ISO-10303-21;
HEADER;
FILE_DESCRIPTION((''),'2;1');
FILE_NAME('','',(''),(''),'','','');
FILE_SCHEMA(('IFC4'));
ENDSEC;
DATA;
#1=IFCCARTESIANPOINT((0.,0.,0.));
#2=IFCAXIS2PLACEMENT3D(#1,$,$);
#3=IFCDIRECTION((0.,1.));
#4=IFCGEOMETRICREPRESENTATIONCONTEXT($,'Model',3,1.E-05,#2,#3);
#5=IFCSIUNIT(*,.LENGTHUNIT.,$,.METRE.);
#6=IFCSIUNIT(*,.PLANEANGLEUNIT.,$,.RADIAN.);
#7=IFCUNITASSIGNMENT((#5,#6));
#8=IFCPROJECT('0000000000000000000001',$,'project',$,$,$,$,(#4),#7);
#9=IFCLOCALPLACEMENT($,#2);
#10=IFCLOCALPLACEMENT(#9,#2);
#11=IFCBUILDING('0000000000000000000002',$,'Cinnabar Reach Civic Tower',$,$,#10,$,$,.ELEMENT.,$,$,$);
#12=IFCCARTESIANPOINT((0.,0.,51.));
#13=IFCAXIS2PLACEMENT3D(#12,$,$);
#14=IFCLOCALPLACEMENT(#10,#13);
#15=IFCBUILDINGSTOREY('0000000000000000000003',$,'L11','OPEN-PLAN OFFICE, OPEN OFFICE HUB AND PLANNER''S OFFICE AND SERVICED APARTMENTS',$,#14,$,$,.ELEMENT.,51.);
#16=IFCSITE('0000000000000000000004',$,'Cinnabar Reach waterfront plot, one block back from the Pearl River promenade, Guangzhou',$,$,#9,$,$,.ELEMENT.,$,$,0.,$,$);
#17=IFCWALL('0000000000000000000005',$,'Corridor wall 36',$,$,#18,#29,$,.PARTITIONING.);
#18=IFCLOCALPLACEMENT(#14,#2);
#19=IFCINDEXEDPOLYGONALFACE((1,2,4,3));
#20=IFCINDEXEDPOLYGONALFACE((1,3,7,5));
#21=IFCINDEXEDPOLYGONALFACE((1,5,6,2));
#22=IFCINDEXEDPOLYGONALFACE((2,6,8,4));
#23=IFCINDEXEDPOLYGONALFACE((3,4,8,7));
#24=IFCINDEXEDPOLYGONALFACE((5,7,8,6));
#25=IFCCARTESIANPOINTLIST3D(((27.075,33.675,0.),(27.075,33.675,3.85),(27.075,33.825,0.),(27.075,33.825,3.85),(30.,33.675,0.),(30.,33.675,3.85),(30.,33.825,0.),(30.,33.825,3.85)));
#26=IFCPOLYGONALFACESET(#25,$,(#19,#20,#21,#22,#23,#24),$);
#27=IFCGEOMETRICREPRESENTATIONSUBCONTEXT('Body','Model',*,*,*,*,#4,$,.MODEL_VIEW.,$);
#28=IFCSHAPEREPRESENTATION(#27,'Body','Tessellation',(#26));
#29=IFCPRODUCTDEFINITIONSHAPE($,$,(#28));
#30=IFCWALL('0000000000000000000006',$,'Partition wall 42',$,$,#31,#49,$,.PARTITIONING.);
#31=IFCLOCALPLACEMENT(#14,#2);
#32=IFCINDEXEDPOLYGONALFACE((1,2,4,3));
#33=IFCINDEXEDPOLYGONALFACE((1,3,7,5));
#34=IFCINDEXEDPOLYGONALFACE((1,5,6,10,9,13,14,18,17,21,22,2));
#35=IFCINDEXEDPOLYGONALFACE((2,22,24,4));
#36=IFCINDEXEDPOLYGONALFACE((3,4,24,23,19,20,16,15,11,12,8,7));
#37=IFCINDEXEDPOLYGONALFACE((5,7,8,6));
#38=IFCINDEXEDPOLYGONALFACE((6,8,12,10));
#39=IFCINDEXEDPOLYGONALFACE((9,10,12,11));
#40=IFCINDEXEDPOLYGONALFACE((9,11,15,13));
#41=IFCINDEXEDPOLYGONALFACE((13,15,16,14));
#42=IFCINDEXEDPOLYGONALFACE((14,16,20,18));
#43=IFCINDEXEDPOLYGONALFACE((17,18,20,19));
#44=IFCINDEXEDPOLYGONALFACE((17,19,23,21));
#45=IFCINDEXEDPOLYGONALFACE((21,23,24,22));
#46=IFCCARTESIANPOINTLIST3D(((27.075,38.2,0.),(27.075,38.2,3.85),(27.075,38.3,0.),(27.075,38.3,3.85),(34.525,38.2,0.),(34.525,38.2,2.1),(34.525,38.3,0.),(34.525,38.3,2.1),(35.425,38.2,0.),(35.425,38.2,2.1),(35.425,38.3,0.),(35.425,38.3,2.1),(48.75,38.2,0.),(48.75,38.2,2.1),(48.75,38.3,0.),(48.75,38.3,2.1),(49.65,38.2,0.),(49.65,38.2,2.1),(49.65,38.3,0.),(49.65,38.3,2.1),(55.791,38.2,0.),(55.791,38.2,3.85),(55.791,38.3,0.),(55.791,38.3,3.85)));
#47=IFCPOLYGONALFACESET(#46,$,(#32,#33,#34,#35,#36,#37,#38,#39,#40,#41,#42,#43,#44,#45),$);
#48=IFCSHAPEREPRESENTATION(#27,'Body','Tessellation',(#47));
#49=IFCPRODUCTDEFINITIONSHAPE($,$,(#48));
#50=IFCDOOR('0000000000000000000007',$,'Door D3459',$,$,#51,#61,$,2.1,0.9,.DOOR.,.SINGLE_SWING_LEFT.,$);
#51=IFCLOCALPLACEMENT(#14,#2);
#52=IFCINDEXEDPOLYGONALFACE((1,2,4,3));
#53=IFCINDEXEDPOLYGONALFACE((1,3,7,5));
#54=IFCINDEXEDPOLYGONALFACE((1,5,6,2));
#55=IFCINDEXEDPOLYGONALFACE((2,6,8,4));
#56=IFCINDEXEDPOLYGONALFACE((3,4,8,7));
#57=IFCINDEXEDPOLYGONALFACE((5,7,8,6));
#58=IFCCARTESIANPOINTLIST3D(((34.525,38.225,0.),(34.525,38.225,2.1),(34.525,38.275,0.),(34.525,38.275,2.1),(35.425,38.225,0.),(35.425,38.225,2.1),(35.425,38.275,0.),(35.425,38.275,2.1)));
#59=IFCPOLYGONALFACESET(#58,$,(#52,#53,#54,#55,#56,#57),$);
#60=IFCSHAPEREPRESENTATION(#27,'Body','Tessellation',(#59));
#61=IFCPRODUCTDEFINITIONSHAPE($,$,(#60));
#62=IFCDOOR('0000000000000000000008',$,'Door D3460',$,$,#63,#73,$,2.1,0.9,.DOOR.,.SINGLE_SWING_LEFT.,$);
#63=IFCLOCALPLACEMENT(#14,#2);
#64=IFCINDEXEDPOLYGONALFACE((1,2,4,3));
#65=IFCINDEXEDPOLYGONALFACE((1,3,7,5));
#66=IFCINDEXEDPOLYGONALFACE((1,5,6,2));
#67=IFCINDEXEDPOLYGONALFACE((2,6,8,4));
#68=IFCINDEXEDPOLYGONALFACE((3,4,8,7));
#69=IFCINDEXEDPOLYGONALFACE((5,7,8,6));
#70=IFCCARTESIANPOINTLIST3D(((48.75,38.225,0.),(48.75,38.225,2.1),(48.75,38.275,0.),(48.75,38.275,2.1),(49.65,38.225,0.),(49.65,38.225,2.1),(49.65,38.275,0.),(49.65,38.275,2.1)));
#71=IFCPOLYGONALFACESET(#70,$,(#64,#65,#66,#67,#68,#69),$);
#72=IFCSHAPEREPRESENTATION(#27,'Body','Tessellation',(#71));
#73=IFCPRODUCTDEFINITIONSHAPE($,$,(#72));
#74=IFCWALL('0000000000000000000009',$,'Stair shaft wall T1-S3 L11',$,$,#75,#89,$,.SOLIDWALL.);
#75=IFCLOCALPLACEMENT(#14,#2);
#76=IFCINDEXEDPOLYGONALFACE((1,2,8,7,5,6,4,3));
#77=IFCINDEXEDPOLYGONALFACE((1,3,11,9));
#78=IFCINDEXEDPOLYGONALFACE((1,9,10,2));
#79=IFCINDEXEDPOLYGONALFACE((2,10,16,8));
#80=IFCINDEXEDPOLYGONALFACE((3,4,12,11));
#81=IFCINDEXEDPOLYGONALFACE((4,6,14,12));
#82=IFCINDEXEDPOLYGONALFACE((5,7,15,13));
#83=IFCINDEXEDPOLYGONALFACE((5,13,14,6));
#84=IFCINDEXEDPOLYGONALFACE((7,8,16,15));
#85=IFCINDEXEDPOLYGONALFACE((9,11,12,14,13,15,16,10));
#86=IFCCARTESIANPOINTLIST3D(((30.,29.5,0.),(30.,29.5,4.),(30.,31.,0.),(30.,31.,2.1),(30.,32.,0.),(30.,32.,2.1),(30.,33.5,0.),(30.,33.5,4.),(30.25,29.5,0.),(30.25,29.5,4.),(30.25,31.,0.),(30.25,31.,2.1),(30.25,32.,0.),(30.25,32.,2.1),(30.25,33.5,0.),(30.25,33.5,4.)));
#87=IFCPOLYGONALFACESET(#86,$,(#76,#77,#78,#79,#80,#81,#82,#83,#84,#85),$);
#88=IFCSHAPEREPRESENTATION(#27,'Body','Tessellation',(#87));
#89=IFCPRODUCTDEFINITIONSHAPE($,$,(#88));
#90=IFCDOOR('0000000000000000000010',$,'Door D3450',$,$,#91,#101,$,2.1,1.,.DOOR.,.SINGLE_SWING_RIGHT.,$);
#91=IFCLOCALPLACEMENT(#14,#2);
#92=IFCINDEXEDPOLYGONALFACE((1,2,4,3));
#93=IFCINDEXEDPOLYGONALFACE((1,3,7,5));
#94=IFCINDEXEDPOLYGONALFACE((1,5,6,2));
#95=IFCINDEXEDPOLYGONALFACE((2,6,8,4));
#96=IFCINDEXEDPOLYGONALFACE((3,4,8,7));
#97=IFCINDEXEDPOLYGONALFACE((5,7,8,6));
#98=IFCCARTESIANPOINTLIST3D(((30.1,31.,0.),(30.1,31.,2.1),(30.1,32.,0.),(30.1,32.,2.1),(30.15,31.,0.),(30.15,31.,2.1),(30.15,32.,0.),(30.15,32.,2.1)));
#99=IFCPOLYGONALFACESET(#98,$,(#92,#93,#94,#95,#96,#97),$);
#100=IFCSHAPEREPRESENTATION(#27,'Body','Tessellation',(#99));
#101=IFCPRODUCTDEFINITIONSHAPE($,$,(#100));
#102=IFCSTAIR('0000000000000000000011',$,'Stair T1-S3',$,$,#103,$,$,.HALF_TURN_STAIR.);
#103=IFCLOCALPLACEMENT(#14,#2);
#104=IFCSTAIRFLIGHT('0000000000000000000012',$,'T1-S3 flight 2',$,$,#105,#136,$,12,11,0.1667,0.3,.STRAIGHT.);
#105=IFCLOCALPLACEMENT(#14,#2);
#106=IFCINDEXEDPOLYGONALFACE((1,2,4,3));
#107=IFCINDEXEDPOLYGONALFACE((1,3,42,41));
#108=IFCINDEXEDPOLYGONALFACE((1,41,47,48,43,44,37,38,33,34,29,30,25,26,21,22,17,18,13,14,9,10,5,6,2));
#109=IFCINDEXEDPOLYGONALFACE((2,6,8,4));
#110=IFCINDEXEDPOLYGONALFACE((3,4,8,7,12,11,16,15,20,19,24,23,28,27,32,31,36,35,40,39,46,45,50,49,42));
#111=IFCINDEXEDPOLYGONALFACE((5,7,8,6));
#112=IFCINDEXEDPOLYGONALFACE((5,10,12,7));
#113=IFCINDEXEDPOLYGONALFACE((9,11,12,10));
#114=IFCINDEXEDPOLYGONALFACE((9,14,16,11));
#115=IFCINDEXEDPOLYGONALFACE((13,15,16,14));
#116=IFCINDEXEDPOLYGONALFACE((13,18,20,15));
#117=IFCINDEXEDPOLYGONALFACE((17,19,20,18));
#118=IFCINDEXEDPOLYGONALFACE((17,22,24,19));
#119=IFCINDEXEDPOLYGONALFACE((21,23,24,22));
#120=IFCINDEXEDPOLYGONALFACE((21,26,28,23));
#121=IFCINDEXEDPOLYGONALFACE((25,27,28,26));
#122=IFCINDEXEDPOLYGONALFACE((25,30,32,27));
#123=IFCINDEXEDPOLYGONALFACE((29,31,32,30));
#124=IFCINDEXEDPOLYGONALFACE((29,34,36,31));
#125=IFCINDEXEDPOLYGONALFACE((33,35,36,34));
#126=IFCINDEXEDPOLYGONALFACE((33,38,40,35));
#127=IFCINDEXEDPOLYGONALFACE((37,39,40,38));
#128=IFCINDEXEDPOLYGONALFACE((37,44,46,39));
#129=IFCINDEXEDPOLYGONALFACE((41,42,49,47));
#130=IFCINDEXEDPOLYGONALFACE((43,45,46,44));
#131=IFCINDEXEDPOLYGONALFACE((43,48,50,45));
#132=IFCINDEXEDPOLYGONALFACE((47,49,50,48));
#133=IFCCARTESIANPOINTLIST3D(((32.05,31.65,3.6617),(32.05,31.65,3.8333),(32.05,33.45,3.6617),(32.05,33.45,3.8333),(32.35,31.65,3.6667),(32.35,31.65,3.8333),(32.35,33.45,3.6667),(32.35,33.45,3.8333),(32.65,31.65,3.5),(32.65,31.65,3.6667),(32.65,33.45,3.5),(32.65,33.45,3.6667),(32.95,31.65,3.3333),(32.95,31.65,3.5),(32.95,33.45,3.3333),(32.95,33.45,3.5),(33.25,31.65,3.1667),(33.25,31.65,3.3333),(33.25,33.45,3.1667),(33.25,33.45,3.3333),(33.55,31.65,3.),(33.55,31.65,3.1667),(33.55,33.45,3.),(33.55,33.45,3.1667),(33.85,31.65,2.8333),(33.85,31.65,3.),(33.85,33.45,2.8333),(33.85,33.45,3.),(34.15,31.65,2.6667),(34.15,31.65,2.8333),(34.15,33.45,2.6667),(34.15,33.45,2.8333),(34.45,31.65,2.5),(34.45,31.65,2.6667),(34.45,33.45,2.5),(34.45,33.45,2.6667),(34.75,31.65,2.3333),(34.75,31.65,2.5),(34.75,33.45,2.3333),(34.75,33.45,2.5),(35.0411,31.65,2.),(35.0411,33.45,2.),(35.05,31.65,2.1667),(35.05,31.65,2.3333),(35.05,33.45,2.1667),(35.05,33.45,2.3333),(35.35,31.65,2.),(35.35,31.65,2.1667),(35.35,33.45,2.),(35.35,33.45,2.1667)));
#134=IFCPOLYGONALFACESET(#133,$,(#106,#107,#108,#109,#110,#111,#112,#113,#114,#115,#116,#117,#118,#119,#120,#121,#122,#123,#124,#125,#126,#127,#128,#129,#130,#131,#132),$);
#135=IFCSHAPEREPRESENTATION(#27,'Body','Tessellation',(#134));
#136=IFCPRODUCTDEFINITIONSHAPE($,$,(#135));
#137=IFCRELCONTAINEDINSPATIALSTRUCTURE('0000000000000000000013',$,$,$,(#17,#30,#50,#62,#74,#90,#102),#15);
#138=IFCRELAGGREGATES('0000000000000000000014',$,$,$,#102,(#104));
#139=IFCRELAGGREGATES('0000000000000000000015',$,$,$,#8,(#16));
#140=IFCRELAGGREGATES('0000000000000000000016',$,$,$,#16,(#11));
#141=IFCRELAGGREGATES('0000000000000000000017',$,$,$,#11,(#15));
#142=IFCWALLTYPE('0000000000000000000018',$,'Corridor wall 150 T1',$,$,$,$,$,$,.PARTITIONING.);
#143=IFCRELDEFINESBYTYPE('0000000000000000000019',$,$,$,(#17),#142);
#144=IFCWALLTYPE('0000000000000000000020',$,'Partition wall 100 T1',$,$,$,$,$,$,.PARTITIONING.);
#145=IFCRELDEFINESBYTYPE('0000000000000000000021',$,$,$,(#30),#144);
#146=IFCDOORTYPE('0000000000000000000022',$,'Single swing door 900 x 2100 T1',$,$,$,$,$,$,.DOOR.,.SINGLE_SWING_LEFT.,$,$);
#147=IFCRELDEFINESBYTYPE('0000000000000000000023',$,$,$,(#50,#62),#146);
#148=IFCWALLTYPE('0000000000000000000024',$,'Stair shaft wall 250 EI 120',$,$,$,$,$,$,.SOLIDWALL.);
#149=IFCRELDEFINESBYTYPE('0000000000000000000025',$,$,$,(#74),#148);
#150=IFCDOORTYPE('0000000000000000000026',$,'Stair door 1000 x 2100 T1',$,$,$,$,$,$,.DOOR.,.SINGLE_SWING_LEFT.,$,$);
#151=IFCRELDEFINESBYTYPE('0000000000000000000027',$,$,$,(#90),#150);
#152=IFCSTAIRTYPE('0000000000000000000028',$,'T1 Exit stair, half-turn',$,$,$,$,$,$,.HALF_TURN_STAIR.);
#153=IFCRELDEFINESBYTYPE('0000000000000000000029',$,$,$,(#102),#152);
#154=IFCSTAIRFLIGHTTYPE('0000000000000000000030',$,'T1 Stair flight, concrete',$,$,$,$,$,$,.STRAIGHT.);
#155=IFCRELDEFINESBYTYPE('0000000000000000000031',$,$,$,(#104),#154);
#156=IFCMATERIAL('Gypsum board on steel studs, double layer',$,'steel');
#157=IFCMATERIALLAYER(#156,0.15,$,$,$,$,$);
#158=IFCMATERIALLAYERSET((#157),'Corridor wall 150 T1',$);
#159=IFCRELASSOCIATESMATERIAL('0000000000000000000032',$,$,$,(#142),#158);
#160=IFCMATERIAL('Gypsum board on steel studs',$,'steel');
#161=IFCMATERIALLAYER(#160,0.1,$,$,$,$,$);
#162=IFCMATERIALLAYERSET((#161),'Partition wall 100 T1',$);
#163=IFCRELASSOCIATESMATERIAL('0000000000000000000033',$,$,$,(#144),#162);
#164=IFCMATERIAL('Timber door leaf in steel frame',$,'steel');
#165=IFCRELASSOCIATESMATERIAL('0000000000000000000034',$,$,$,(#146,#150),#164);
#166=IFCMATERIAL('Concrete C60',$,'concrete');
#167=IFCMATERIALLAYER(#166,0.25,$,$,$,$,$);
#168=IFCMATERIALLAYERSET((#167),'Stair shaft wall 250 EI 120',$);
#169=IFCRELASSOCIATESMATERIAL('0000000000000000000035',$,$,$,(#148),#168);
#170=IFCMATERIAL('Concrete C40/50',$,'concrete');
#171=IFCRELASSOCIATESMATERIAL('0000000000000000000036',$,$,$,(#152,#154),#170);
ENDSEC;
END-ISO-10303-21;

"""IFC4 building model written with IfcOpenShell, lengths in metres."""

from ifc_helpers import new_model, si_unit, direction, frame, frame_2d, origin, place, context, subcontext, project, spatial, polyline, rectangle, outline, extrude, material, layer, layer_set, type_object, element, fill, aggregate, save


model = new_model("IFC4")

# Units and contexts
model_context = context("Model", 3, precision=1e-05, world=origin(), true_north=direction((0.0, 1.0)))
body_context = subcontext(model_context, "Body", "Model", "MODEL_VIEW")
ifc_project = project(units=[si_unit("LENGTHUNIT", "METRE"), si_unit("PLANEANGLEUNIT", "RADIAN")], contexts=[model_context])

# Site, building, storey
site_placement = place(None, origin())
site = spatial("IfcSite", under=ifc_project, at=site_placement, Name="Cinnabar Reach waterfront plot, one block back from the Pearl River promenade, Guangzhou", CompositionType="ELEMENT", RefElevation=0.0)
building_placement = place(site_placement, origin())
building = spatial("IfcBuilding", under=site, at=building_placement, Name="Cinnabar Reach Civic Tower", CompositionType="ELEMENT")
storey_placement = place(building_placement, frame((0.0, 0.0, 51.0)))
storey = spatial("IfcBuildingStorey", under=building, at=storey_placement, Name="L11", Description="OPEN-PLAN OFFICE, OPEN OFFICE HUB AND PLANNER'S OFFICE AND SERVICED APARTMENTS", CompositionType="ELEMENT", Elevation=51.0)

# Shared definitions
ifc_material_1 = material(Name="Gypsum board on steel studs, double layer", Category="steel")
ifc_layer_1 = layer(ifc_material_1, 0.15)
ifc_layer_set_1 = layer_set([ifc_layer_1], Name="Corridor wall 150 T1")
wall_type_1 = type_object("IfcWallType", Name="Corridor wall 150 T1", PredefinedType="PARTITIONING", material=ifc_layer_set_1)

# Shared definitions
ifc_material_2 = material(Name="Timber door leaf in steel frame", Category="steel")

# Wall
wall_1_placement = place(storey_placement, frame((27.075, 33.75, 0.0), z_axis=(0.0, 0.0, 1.0), x_axis=(1.0, 0.0, 0.0)))
element("IfcWall", 1, at=wall_1_placement, inside=storey, type_object=wall_type_1, Name="Corridor wall 36", PredefinedType="PARTITIONING", context=body_context, shape_type="SweptSolid", body=[
    extrude(rectangle(XDim=2.925, YDim=0.15, at=frame_2d((1.4625, 0.0))), origin(), (0.0, 0.0, 1.0), 3.85),
])

# Wall, openings, doors
ifc_material_3 = material(Name="Gypsum board on steel studs", Category="steel")
ifc_layer_2 = layer(ifc_material_3, 0.1)
ifc_layer_set_2 = layer_set([ifc_layer_2], Name="Partition wall 100 T1")
wall_type_2 = type_object("IfcWallType", Name="Partition wall 100 T1", PredefinedType="PARTITIONING", material=ifc_layer_set_2)
wall_2_placement = place(storey_placement, frame((27.075, 38.25, 0.0), z_axis=(0.0, 0.0, 1.0), x_axis=(1.0, 0.0, 0.0)))
wall_2 = element("IfcWall", 2, at=wall_2_placement, inside=storey, type_object=wall_type_2, Name="Partition wall 42", PredefinedType="PARTITIONING", context=body_context, shape_type="SweptSolid", body=[
    extrude(rectangle(XDim=28.7159, YDim=0.1, at=frame_2d((14.358, 0.0))), origin(), (0.0, 0.0, 1.0), 3.85),
])
opening_1_placement = place(wall_2_placement, frame((7.45, 0.0, 0.0)))
opening_1 = element("IfcOpeningElement", 3, at=opening_1_placement, cuts=wall_2, PredefinedType="OPENING", context=body_context, shape_type="SweptSolid", body=[
    extrude(rectangle(XDim=0.9, YDim=2.1, at=frame_2d((0.45, 1.05))), frame((0.0, 0.06, 0.0), z_axis=(0.0, -1.0, 0.0), x_axis=(1.0, 0.0, 0.0)), (0.0, 0.0, 1.0), 0.12),
])
opening_2_placement = place(wall_2_placement, frame((21.675, 0.0, 0.0)))
opening_2 = element("IfcOpeningElement", 4, at=opening_2_placement, cuts=wall_2, PredefinedType="OPENING", context=body_context, shape_type="SweptSolid", body=[
    extrude(rectangle(XDim=0.9, YDim=2.1, at=frame_2d((0.45, 1.05))), frame((0.0, 0.06, 0.0), z_axis=(0.0, -1.0, 0.0), x_axis=(1.0, 0.0, 0.0)), (0.0, 0.0, 1.0), 0.12),
])
door_type_1 = type_object("IfcDoorType", Name="Single swing door 900 x 2100 T1", OperationType="SINGLE_SWING_LEFT", PredefinedType="DOOR", material=ifc_material_2)
door_1_placement = place(opening_1_placement, origin())
door_1 = element("IfcDoor", 5, at=door_1_placement, inside=storey, type_object=door_type_1, Name="Door D3459", OperationType="SINGLE_SWING_LEFT", OverallHeight=2.1, OverallWidth=0.9, PredefinedType="DOOR", context=body_context, shape_type="SweptSolid", body=[
    extrude(rectangle(XDim=0.9, YDim=2.1, at=frame_2d((0.45, 1.05))), frame((0.0, 0.025, 0.0), z_axis=(0.0, -1.0, 0.0), x_axis=(1.0, 0.0, 0.0)), (0.0, 0.0, 1.0), 0.05),
])
fill(opening_1, door_1)
door_2_placement = place(opening_2_placement, origin())
door_2 = element("IfcDoor", 6, at=door_2_placement, inside=storey, type_object=door_type_1, Name="Door D3460", OperationType="SINGLE_SWING_LEFT", OverallHeight=2.1, OverallWidth=0.9, PredefinedType="DOOR", context=body_context, shape_type="SweptSolid", body=[
    extrude(rectangle(XDim=0.9, YDim=2.1, at=frame_2d((0.45, 1.05))), frame((0.0, 0.025, 0.0), z_axis=(0.0, -1.0, 0.0), x_axis=(1.0, 0.0, 0.0)), (0.0, 0.0, 1.0), 0.05),
])
fill(opening_2, door_2)

# Wall, opening, door
ifc_material_4 = material(Name="Concrete C60", Category="concrete")
ifc_layer_3 = layer(ifc_material_4, 0.25)
ifc_layer_set_3 = layer_set([ifc_layer_3], Name="Stair shaft wall 250 EI 120")
wall_type_3 = type_object("IfcWallType", Name="Stair shaft wall 250 EI 120", PredefinedType="SOLIDWALL", material=ifc_layer_set_3)
wall_3_placement = place(storey_placement, frame((30.125, 33.5, 0.0), z_axis=(0.0, 0.0, 1.0), x_axis=(0.0, -1.0, 0.0)))
wall_3 = element("IfcWall", 7, at=wall_3_placement, inside=storey, type_object=wall_type_3, Name="Stair shaft wall T1-S3 L11", PredefinedType="SOLIDWALL", context=body_context, shape_type="SweptSolid", body=[
    extrude(rectangle(XDim=4.0, YDim=0.25, at=frame_2d((2.0, 0.0))), origin(), (0.0, 0.0, 1.0), 4.0),
])
opening_3_placement = place(wall_3_placement, frame((1.5, 0.0, 0.0)))
opening_3 = element("IfcOpeningElement", 8, at=opening_3_placement, cuts=wall_3, PredefinedType="OPENING", context=body_context, shape_type="SweptSolid", body=[
    extrude(rectangle(XDim=1.0, YDim=2.1, at=frame_2d((0.5, 1.05))), frame((0.0, 0.135, 0.0), z_axis=(0.0, -1.0, 0.0), x_axis=(1.0, 0.0, 0.0)), (0.0, 0.0, 1.0), 0.27),
])
door_type_2 = type_object("IfcDoorType", Name="Stair door 1000 x 2100 T1", OperationType="SINGLE_SWING_LEFT", PredefinedType="DOOR", material=ifc_material_2)
door_3_placement = place(opening_3_placement, origin())
door_3 = element("IfcDoor", 9, at=door_3_placement, inside=storey, type_object=door_type_2, Name="Door D3450", OperationType="SINGLE_SWING_RIGHT", OverallHeight=2.1, OverallWidth=1.0, PredefinedType="DOOR", context=body_context, shape_type="SweptSolid", body=[
    extrude(rectangle(XDim=1.0, YDim=2.1, at=frame_2d((0.5, 1.05))), frame((0.0, 0.025, 0.0), z_axis=(0.0, -1.0, 0.0), x_axis=(1.0, 0.0, 0.0)), (0.0, 0.0, 1.0), 0.05),
])
fill(opening_3, door_3)

# Stair, stair flight
ifc_material_5 = material(Name="Concrete C40/50", Category="concrete")
stair_type = type_object("IfcStairType", Name="T1 Exit stair, half-turn", PredefinedType="HALF_TURN_STAIR", material=ifc_material_5)
stair_placement = place(storey_placement, origin())
stair = element("IfcStair", 10, at=stair_placement, inside=storey, type_object=stair_type, Name="Stair T1-S3", PredefinedType="HALF_TURN_STAIR")
stair_flight_type = type_object("IfcStairFlightType", Name="T1 Stair flight, concrete", PredefinedType="STRAIGHT", material=ifc_material_5)
stair_flight_placement = place(storey_placement, frame((35.35, 32.55, 2.0), z_axis=(0.0, 0.0, 1.0), x_axis=(-1.0, 0.0, 0.0)))
stair_flight = element("IfcStairFlight", 11, at=stair_flight_placement, type_object=stair_flight_type, Name="T1-S3 flight 2", NumberOfRisers=12, NumberOfTreads=11, PredefinedType="STRAIGHT", RiserHeight=0.1667, TreadLength=0.3, context=body_context, shape_type="SweptSolid", body=[
    extrude(outline(polyline([(0.0, 0.0), (0.0, 0.1667), (0.3, 0.1667), (0.3, 0.3333), (0.6, 0.3333), (0.6, 0.5), (0.9, 0.5), (0.9, 0.6667), (1.2, 0.6667), (1.2, 0.8333), (1.5, 0.8333), (1.5, 1.0), (1.8, 1.0), (1.8, 1.1667), (2.1, 1.1667), (2.1, 1.3333), (2.4, 1.3333), (2.4, 1.5), (2.7, 1.5), (2.7, 1.6667), (3.0, 1.6667), (3.0, 1.8333), (3.3, 1.8333), (3.3, 2.0), (3.3, 1.6617), (0.3089, 0.0), (0.0, 0.0)])), frame((0.0, 0.9, 0.0), z_axis=(0.0, -1.0, 0.0), x_axis=(1.0, 0.0, 0.0)), (0.0, 0.0, 1.0), 1.8),
])
aggregate(stair, [stair_flight])

save(model, "model.ifc")
